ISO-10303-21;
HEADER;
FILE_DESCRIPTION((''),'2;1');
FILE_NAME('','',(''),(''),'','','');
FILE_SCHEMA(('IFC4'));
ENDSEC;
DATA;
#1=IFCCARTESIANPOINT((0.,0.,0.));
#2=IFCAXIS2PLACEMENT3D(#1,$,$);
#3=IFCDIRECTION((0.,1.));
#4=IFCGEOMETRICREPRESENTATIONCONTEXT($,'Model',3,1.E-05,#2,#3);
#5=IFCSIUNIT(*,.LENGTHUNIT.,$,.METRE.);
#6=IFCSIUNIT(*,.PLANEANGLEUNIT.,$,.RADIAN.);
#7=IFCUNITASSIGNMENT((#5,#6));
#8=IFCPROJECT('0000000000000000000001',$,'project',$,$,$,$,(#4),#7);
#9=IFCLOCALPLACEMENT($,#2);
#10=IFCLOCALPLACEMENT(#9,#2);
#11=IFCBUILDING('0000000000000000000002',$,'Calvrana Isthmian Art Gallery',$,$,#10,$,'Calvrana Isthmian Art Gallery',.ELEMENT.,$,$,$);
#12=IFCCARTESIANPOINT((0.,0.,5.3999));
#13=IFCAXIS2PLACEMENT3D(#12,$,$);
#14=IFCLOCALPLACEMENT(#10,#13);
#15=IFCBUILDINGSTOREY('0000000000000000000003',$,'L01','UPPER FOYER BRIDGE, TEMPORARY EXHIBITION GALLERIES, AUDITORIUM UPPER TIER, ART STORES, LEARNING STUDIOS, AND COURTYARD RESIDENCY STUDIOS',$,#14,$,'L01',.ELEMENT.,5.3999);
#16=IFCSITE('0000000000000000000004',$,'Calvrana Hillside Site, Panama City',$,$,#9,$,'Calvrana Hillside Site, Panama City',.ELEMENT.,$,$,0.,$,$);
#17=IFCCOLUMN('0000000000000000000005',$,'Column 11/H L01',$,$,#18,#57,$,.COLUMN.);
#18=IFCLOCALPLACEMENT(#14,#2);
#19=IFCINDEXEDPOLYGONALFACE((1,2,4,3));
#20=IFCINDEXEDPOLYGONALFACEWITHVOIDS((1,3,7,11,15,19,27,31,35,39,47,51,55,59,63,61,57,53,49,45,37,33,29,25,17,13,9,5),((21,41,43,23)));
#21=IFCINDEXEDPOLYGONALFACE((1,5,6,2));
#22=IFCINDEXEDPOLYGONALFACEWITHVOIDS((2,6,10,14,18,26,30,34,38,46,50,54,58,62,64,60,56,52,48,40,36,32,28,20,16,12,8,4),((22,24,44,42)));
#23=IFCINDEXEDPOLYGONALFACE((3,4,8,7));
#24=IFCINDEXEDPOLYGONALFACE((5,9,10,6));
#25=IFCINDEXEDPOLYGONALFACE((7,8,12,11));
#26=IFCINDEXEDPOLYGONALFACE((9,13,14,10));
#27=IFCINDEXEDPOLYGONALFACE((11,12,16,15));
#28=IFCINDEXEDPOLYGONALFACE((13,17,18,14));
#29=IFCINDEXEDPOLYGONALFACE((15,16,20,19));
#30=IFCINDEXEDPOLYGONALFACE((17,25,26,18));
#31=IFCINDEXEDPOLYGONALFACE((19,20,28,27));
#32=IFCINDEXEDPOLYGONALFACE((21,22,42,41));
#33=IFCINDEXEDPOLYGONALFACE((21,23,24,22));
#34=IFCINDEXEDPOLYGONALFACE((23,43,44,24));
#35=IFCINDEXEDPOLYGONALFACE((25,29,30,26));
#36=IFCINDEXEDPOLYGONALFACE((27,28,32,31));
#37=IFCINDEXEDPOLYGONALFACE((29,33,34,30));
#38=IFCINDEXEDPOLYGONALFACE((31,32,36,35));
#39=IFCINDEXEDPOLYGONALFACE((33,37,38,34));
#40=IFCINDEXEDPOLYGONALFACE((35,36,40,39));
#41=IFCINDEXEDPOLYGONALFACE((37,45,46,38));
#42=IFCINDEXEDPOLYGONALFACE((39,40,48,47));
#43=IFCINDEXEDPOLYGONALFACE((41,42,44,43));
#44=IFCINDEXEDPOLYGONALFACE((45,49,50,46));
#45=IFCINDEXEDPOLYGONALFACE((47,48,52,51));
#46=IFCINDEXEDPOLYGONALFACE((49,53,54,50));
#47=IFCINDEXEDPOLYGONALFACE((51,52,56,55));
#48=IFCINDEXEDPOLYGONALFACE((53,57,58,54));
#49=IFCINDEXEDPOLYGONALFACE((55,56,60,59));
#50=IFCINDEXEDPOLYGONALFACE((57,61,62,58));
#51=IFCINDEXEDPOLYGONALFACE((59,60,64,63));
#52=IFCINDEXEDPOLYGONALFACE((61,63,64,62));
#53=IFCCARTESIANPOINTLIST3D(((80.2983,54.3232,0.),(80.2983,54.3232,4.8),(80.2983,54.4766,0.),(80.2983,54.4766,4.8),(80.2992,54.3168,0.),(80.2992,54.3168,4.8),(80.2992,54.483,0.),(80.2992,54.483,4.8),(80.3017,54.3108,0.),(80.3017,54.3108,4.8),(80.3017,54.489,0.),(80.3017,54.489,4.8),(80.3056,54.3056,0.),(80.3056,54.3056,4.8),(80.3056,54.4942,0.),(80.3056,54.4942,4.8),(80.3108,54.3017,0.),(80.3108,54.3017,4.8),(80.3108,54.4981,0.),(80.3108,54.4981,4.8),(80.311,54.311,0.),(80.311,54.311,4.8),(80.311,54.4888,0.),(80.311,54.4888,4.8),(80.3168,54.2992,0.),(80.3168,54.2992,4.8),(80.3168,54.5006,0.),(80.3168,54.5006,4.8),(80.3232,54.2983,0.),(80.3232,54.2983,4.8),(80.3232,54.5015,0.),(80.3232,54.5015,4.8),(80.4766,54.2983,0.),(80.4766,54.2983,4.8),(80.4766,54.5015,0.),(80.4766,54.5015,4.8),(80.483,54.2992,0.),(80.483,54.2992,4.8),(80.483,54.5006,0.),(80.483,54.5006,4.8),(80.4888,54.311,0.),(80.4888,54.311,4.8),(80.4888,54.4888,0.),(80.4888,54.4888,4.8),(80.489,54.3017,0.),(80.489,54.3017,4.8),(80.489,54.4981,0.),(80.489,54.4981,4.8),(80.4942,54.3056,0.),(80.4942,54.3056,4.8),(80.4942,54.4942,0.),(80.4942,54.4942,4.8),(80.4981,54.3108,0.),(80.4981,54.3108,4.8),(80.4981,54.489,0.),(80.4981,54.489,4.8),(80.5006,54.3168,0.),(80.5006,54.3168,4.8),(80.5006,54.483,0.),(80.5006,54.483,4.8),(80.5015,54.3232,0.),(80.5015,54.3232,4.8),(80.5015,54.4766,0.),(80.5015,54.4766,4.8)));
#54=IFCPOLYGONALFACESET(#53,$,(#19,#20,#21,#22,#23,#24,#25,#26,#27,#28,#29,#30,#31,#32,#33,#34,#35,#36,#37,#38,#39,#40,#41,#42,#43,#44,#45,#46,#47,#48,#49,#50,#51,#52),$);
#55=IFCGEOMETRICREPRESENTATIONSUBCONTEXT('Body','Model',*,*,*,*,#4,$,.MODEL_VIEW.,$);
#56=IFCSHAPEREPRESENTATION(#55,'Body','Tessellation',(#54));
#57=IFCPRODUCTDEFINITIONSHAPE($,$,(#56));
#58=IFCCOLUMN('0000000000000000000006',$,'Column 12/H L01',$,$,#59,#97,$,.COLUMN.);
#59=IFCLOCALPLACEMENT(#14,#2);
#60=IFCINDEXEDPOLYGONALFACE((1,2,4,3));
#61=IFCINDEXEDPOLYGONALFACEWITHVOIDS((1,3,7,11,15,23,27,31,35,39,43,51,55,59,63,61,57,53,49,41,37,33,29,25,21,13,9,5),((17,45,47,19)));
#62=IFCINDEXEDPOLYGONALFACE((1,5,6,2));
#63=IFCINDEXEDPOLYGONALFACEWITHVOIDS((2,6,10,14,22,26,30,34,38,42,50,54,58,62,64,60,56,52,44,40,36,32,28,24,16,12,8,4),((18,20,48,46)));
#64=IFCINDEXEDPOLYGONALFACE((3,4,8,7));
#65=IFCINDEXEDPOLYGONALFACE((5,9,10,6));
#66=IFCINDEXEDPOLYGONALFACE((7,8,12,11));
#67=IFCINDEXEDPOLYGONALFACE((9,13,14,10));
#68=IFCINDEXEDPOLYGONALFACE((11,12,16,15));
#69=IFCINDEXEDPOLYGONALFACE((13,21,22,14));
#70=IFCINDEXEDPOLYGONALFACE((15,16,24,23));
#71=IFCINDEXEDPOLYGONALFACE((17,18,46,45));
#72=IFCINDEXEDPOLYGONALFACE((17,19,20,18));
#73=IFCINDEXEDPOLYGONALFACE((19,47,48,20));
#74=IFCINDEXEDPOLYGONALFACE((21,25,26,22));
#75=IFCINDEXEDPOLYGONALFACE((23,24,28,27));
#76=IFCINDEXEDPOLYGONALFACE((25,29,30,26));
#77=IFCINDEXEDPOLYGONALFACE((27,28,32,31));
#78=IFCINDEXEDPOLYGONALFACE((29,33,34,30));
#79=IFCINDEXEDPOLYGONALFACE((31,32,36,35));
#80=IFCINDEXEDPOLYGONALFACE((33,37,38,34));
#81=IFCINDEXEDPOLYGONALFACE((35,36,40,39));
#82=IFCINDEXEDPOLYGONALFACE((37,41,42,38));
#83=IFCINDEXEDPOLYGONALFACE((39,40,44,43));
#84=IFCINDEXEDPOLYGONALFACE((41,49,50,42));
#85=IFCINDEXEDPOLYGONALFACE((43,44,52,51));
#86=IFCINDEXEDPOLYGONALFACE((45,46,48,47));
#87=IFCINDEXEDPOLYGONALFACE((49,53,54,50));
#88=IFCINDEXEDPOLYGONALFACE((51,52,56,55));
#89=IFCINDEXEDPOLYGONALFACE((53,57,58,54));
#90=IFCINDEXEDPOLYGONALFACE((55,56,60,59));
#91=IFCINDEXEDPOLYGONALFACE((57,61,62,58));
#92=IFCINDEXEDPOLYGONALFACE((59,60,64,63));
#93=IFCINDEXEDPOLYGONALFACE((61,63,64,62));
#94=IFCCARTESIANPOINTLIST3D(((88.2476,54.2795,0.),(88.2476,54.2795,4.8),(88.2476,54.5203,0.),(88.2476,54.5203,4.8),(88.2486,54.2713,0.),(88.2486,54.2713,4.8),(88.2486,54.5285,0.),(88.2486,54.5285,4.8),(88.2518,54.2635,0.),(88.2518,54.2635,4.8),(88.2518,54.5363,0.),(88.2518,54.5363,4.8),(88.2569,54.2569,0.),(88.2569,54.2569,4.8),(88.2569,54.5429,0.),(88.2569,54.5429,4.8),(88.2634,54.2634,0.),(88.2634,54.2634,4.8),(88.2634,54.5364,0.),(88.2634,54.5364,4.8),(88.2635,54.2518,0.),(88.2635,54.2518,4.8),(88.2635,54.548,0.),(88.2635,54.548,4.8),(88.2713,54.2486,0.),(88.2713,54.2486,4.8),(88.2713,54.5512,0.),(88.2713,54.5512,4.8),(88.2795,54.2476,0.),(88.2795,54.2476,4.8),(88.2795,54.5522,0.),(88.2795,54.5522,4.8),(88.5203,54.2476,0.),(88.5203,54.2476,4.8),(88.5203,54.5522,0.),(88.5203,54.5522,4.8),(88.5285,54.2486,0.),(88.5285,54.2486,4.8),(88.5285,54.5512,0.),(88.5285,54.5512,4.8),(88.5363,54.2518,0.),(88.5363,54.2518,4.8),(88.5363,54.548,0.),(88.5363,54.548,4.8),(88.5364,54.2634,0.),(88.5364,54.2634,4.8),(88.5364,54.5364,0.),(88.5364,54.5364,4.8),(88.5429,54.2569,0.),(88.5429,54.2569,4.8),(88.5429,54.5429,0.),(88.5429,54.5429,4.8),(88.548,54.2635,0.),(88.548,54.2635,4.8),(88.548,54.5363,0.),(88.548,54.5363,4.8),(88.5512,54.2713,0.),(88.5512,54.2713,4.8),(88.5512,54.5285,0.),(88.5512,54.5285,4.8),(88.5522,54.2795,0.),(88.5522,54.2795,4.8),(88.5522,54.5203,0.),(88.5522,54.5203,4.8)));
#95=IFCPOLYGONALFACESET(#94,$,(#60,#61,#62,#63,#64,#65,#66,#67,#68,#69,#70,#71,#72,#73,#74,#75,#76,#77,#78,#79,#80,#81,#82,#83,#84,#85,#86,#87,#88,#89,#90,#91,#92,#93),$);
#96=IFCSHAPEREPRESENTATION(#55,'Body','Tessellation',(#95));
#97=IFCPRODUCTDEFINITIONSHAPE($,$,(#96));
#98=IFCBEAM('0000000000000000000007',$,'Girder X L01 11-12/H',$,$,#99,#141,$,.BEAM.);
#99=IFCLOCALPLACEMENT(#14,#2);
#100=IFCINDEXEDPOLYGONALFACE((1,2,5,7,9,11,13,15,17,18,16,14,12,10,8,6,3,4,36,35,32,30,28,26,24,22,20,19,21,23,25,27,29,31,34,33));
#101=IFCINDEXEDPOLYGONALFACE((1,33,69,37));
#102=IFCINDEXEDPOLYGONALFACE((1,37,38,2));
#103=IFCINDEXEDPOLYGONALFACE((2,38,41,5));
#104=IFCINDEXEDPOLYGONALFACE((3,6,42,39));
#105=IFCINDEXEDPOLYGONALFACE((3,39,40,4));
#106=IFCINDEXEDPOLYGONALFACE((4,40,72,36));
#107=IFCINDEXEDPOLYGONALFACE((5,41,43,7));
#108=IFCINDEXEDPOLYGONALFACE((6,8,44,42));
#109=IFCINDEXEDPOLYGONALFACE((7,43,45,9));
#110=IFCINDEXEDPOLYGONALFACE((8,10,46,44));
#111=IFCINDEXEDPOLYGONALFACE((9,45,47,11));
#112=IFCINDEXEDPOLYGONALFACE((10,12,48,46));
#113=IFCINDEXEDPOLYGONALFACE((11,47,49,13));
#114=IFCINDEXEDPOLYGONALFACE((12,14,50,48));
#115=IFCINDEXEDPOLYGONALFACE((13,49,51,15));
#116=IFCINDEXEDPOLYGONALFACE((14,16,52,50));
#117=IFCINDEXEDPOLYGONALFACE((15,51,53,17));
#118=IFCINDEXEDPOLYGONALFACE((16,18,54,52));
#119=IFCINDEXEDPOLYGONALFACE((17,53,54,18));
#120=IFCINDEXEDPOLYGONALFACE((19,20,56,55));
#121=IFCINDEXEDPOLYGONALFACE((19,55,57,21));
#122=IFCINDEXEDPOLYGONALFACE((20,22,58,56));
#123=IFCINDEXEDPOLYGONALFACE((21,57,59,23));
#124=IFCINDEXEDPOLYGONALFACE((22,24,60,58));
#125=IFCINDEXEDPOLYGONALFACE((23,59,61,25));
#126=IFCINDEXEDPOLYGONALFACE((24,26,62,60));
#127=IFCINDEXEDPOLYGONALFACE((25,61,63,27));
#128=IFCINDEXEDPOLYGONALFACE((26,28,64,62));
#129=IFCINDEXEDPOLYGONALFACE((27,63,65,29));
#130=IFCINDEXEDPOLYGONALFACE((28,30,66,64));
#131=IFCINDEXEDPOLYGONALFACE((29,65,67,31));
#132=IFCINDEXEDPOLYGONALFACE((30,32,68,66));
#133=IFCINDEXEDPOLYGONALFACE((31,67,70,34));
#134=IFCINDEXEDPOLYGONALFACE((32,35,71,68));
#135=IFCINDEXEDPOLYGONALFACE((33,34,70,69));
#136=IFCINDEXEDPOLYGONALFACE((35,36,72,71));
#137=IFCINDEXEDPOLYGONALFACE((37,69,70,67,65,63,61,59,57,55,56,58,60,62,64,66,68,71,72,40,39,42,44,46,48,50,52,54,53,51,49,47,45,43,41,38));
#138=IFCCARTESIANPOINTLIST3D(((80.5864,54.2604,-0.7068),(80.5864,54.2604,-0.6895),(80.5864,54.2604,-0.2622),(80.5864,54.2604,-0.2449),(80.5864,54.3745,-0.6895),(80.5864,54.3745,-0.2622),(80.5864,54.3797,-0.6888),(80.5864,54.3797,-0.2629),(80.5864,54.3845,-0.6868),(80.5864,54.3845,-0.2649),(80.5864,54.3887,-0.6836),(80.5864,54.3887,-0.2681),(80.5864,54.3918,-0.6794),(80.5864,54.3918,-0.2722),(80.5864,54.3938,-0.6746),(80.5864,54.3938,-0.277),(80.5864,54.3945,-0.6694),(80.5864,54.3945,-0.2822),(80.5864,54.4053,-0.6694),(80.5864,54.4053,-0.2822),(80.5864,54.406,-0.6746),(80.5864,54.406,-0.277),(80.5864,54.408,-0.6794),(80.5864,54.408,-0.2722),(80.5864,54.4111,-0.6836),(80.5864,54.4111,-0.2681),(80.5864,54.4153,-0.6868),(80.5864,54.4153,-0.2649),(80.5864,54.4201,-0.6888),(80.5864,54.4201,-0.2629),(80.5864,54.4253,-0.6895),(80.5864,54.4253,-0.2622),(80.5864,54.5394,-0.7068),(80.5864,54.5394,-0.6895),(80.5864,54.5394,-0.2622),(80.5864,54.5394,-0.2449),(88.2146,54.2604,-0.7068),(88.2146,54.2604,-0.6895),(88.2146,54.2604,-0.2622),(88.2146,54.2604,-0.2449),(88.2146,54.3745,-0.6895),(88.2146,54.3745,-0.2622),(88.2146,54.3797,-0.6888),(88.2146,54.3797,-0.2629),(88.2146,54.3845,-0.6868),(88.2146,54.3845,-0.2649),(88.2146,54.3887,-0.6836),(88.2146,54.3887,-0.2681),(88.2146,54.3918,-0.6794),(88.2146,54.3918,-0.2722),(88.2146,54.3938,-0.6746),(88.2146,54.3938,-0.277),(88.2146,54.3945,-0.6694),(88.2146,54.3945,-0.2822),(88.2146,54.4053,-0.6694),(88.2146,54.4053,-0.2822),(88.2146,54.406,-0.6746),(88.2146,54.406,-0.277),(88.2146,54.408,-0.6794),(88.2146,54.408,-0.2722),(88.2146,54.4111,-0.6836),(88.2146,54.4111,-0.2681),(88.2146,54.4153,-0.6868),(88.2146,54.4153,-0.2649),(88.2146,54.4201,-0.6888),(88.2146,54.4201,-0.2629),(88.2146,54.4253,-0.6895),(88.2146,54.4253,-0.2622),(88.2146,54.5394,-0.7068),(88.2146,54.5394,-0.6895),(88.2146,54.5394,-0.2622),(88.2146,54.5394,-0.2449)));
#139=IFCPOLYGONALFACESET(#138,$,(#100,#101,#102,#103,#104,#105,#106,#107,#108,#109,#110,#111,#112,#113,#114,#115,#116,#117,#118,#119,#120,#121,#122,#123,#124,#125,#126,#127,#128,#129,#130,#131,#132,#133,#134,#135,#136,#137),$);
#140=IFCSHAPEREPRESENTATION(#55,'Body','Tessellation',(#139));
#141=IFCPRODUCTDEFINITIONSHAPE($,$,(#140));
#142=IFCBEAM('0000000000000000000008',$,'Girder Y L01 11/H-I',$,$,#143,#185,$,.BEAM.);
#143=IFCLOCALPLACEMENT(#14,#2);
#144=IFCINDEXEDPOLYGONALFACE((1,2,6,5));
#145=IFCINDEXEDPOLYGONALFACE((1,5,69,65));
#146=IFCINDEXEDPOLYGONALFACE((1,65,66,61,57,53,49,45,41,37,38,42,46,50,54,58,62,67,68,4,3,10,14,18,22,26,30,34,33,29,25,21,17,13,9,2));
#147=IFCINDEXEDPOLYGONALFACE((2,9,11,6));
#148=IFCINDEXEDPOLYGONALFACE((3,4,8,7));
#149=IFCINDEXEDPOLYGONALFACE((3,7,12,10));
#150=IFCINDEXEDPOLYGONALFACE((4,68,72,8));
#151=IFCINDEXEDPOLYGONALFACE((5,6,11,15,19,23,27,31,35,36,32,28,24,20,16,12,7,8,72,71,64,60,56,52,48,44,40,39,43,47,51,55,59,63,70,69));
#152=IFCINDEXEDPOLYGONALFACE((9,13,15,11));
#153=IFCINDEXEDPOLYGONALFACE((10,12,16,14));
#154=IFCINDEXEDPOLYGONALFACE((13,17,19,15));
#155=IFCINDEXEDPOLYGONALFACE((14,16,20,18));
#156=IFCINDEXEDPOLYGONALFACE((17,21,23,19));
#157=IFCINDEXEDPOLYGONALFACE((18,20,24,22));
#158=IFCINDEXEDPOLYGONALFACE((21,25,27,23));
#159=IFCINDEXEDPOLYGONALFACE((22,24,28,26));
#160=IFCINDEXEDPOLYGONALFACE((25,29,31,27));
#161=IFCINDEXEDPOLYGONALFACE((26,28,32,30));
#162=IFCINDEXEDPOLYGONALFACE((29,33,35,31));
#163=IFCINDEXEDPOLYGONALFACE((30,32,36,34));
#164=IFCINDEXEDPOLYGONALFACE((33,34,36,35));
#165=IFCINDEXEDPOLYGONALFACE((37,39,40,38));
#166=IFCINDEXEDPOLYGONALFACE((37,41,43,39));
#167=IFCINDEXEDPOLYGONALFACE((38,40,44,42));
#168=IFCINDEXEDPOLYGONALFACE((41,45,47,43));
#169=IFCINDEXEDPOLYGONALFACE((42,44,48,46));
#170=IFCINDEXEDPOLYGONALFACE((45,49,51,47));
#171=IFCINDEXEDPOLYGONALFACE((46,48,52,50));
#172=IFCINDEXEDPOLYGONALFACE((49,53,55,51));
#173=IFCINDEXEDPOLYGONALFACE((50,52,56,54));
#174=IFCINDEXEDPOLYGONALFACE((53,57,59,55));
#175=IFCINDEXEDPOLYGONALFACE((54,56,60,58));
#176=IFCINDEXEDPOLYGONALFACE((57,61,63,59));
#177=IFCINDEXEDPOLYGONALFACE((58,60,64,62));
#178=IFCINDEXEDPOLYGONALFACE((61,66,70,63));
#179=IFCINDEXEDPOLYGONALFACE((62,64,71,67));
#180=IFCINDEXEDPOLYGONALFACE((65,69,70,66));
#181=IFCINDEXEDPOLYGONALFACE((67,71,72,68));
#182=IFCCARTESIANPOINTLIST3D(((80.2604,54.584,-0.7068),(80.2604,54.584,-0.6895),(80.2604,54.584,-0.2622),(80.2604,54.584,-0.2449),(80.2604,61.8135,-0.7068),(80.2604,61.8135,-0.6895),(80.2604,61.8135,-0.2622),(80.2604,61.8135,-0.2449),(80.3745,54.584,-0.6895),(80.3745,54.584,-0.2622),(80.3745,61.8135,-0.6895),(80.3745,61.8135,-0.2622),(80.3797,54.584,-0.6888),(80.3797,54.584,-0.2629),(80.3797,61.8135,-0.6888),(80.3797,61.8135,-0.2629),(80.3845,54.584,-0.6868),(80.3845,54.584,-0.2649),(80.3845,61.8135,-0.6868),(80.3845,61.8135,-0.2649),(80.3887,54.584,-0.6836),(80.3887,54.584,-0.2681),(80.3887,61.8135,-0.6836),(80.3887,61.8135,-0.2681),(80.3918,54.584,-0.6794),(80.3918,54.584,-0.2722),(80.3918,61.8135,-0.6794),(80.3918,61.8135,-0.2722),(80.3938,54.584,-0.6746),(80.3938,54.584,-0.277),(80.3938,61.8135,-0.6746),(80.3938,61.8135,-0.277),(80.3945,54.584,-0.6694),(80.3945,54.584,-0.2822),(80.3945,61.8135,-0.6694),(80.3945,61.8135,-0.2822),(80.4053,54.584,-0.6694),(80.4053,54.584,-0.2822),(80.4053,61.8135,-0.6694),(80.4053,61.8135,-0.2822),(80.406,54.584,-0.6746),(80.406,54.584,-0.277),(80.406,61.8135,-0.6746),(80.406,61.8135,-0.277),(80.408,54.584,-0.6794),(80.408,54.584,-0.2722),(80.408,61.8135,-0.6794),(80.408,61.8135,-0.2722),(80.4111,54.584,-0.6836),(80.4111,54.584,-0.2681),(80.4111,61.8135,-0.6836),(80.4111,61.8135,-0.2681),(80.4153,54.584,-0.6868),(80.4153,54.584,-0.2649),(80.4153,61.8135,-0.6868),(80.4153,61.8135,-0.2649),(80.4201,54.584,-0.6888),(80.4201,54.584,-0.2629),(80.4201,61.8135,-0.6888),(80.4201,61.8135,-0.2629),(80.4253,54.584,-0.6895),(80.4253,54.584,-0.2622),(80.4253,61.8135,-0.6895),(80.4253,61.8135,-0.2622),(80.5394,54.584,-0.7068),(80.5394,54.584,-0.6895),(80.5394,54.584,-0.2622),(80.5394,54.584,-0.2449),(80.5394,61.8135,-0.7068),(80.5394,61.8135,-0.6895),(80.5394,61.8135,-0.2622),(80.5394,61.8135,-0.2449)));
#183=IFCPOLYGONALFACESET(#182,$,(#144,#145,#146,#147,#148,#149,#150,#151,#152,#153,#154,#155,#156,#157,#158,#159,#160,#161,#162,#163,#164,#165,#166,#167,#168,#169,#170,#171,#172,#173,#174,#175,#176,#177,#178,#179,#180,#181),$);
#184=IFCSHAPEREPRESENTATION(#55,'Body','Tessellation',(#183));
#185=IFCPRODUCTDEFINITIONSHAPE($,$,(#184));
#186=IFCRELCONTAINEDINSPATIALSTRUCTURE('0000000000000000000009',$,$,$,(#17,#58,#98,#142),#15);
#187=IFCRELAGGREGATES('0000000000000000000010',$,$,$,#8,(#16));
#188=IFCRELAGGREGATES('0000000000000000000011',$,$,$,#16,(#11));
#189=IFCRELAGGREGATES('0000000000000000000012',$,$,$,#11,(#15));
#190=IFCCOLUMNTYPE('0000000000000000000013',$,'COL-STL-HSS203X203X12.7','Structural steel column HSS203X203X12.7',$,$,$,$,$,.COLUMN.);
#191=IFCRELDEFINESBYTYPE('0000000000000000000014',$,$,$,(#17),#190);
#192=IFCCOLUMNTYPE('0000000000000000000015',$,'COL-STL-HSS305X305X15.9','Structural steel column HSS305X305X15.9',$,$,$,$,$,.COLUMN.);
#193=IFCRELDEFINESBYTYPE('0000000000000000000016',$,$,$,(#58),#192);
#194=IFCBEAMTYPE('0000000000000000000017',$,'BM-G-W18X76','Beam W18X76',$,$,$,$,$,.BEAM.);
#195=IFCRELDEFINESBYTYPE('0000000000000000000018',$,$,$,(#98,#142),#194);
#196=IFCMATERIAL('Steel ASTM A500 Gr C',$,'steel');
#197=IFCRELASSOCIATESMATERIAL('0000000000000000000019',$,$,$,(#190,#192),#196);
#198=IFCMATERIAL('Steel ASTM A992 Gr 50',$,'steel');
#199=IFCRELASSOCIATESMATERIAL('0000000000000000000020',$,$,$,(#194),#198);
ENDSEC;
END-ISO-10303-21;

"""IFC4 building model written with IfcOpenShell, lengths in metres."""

from ifc_helpers import new_model, si_unit, direction, frame, origin, origin_2d, place, context, subcontext, project, spatial, hollow_rectangle, i_section, extrude, material, material_profile, profile_set, type_object, element, save


model = new_model("IFC4")

# Units and contexts
model_context = context("Model", 3, precision=1e-05, world=origin(), true_north=direction((0.0, 1.0)))
body_context = subcontext(model_context, "Body", "Model", "MODEL_VIEW")
ifc_project = project(units=[si_unit("LENGTHUNIT", "METRE"), si_unit("PLANEANGLEUNIT", "RADIAN")], contexts=[model_context])

# Site, building, storey
site_placement = place(None, origin())
site = spatial("IfcSite", under=ifc_project, at=site_placement, Name="Calvrana Hillside Site, Panama City", LongName="Calvrana Hillside Site, Panama City", CompositionType="ELEMENT", RefElevation=0.0)
building_placement = place(site_placement, origin())
building = spatial("IfcBuilding", under=site, at=building_placement, Name="Calvrana Isthmian Art Gallery", LongName="Calvrana Isthmian Art Gallery", CompositionType="ELEMENT")
storey_placement = place(building_placement, frame((0.0, 0.0, 5.3999)))
storey = spatial("IfcBuildingStorey", under=building, at=storey_placement, Name="L01", Description="UPPER FOYER BRIDGE, TEMPORARY EXHIBITION GALLERIES, AUDITORIUM UPPER TIER, ART STORES, LEARNING STUDIOS, AND COURTYARD RESIDENCY STUDIOS", LongName="L01", CompositionType="ELEMENT", Elevation=5.3999)

# Columns
ifc_material_1 = material(Name="Steel ASTM A500 Gr C", Category="steel")
ifc_material_profile_1 = material_profile(ifc_material_1, hollow_rectangle(XDim=0.2031, YDim=0.2031, WallThickness=0.0127, OuterFilletRadius=0.0249, at=origin_2d()), Name="HSS203X203X12.7")
ifc_profile_set_1 = profile_set([ifc_material_profile_1], Name="Steel ASTM A500 Gr C")
column_type_1 = type_object("IfcColumnType", Name="COL-STL-HSS203X203X12.7", Description="Structural steel column HSS203X203X12.7", PredefinedType="COLUMN", material=ifc_profile_set_1)
column_1_placement = place(storey_placement, frame((80.3999, 54.3999, 0.0), z_axis=(0.0, 0.0, 1.0), x_axis=(1.0, 0.0, 0.0)))
element("IfcColumn", 1, at=column_1_placement, inside=storey, type_object=column_type_1, Name="Column 11/H L01", PredefinedType="COLUMN", context=body_context, shape_type="SweptSolid", body=[
    extrude(hollow_rectangle(XDim=0.2031, YDim=0.2031, WallThickness=0.0127, OuterFilletRadius=0.0249, at=origin_2d()), origin(), (0.0, 0.0, 1.0), 4.8),
])
ifc_material_profile_2 = material_profile(ifc_material_1, hollow_rectangle(XDim=0.3047, YDim=0.3047, WallThickness=0.0159, OuterFilletRadius=0.032, at=origin_2d()), Name="HSS305X305X15.9")
ifc_profile_set_2 = profile_set([ifc_material_profile_2], Name="Steel ASTM A500 Gr C")
column_type_2 = type_object("IfcColumnType", Name="COL-STL-HSS305X305X15.9", Description="Structural steel column HSS305X305X15.9", PredefinedType="COLUMN", material=ifc_profile_set_2)
column_2_placement = place(storey_placement, frame((88.3999, 54.3999, 0.0), z_axis=(0.0, 0.0, 1.0), x_axis=(1.0, 0.0, 0.0)))
element("IfcColumn", 2, at=column_2_placement, inside=storey, type_object=column_type_2, Name="Column 12/H L01", PredefinedType="COLUMN", context=body_context, shape_type="SweptSolid", body=[
    extrude(hollow_rectangle(XDim=0.3047, YDim=0.3047, WallThickness=0.0159, OuterFilletRadius=0.032, at=origin_2d()), origin(), (0.0, 0.0, 1.0), 4.8),
])

# Beams
ifc_material_2 = material(Name="Steel ASTM A992 Gr 50", Category="steel")
ifc_material_profile_3 = material_profile(ifc_material_2, i_section(OverallWidth=0.2791, OverallDepth=0.4619, WebThickness=0.0107, FlangeThickness=0.0173, FilletRadius=0.02, at=origin_2d()), Name="W18X76")
ifc_profile_set_3 = profile_set([ifc_material_profile_3], Name="Steel ASTM A992 Gr 50")
beam_type_1 = type_object("IfcBeamType", Name="BM-G-W18X76", Description="Beam W18X76", PredefinedType="BEAM", material=ifc_profile_set_3)
beam_1_placement = place(storey_placement, frame((80.5864, 54.3999, -0.4758), z_axis=(1.0, 0.0, 0.0), x_axis=(0.0, 1.0, 0.0)))
element("IfcBeam", 3, at=beam_1_placement, inside=storey, type_object=beam_type_1, Name="Girder X L01 11-12/H", PredefinedType="BEAM", context=body_context, shape_type="SweptSolid", body=[
    extrude(i_section(OverallWidth=0.2791, OverallDepth=0.4619, WebThickness=0.0107, FlangeThickness=0.0173, FilletRadius=0.02, at=origin_2d()), origin(), (0.0, 0.0, 1.0), 7.6282),
])
beam_2_placement = place(storey_placement, frame((80.3999, 54.584, -0.4758), z_axis=(0.0, 1.0, 0.0), x_axis=(-1.0, 0.0, 0.0)))
element("IfcBeam", 4, at=beam_2_placement, inside=storey, type_object=beam_type_1, Name="Girder Y L01 11/H-I", PredefinedType="BEAM", context=body_context, shape_type="SweptSolid", body=[
    extrude(i_section(OverallWidth=0.2791, OverallDepth=0.4619, WebThickness=0.0107, FlangeThickness=0.0173, FilletRadius=0.02, at=origin_2d()), origin(), (0.0, 0.0, 1.0), 7.2295),
])

save(model, "model.ifc")
